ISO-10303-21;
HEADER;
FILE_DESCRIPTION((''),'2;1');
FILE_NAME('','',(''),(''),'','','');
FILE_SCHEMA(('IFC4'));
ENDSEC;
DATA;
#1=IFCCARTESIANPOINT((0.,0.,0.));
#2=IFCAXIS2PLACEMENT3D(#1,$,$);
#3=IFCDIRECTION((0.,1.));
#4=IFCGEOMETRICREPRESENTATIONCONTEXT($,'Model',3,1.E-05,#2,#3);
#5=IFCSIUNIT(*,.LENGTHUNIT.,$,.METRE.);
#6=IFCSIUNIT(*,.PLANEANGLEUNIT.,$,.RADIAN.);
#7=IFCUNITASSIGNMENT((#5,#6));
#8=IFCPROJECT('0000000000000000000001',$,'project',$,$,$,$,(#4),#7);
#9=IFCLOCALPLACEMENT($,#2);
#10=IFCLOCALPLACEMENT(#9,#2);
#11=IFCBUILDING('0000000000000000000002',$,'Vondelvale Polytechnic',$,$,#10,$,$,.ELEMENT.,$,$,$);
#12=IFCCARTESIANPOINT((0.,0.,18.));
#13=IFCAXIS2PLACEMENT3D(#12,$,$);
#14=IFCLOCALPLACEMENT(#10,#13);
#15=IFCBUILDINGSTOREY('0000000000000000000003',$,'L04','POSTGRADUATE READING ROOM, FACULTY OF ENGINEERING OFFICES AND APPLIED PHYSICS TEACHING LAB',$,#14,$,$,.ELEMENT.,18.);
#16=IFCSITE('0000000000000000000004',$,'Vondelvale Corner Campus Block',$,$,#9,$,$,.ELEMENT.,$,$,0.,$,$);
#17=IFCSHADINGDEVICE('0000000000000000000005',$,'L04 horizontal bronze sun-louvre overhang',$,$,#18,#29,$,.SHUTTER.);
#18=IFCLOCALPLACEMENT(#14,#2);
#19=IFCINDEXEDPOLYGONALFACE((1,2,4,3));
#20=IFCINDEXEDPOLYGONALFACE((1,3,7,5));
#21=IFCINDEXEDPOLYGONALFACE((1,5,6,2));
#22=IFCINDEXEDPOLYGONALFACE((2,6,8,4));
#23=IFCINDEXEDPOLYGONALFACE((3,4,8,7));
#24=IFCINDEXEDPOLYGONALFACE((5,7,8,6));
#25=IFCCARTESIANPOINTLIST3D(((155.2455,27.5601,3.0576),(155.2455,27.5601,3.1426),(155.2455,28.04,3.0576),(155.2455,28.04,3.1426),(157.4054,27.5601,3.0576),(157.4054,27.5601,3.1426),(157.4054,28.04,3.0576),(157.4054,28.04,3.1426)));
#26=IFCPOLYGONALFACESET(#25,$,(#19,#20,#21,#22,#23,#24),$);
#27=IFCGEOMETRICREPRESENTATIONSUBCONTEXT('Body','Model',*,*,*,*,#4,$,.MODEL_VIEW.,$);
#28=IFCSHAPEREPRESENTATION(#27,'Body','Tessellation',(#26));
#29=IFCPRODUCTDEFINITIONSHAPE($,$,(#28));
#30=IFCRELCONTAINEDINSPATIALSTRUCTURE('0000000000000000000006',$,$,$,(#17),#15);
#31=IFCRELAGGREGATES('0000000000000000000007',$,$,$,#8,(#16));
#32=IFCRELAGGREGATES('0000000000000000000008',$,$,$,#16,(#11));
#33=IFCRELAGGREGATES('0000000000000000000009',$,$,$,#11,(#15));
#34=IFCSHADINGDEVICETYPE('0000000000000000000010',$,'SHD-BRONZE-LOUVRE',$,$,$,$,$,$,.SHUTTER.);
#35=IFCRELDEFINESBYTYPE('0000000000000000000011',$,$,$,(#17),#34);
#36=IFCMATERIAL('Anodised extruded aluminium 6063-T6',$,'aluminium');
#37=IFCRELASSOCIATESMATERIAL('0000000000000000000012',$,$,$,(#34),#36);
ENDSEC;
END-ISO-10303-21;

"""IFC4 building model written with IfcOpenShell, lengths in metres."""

from ifc_helpers import new_model, si_unit, direction, frame, origin, origin_2d, place, context, subcontext, project, spatial, rectangle, extrude, material, type_object, element, save


model = new_model("IFC4")

# Units and contexts
model_context = context("Model", 3, precision=1e-05, world=origin(), true_north=direction((0.0, 1.0)))
body_context = subcontext(model_context, "Body", "Model", "MODEL_VIEW")
ifc_project = project(units=[si_unit("LENGTHUNIT", "METRE"), si_unit("PLANEANGLEUNIT", "RADIAN")], contexts=[model_context])

# Site, building, storey
site_placement = place(None, origin())
site = spatial("IfcSite", under=ifc_project, at=site_placement, Name="Vondelvale Corner Campus Block", CompositionType="ELEMENT", RefElevation=0.0)
building_placement = place(site_placement, origin())
building = spatial("IfcBuilding", under=site, at=building_placement, Name="Vondelvale Polytechnic", CompositionType="ELEMENT")
storey_placement = place(building_placement, frame((0.0, 0.0, 18.0)))
storey = spatial("IfcBuildingStorey", under=building, at=storey_placement, Name="L04", Description="POSTGRADUATE READING ROOM, FACULTY OF ENGINEERING OFFICES AND APPLIED PHYSICS TEACHING LAB", CompositionType="ELEMENT", Elevation=18.0)

# Shared definitions
ifc_material_1 = material(Name="Anodised extruded aluminium 6063-T6", Category="aluminium")

# Shading device
shading_device_type = type_object("IfcShadingDeviceType", Name="SHD-BRONZE-LOUVRE", PredefinedType="SHUTTER", material=ifc_material_1)
shading_device_placement = place(storey_placement, frame((156.3254, 27.8, 3.0576), z_axis=(0.0, 0.0, 1.0), x_axis=(1.0, 0.0, 0.0)))
element("IfcShadingDevice", 1, at=shading_device_placement, inside=storey, type_object=shading_device_type, Name="L04 horizontal bronze sun-louvre overhang", PredefinedType="SHUTTER", context=body_context, shape_type="SweptSolid", body=[
    extrude(rectangle(XDim=2.1599, YDim=0.48, at=origin_2d()), origin(), (0.0, 0.0, 1.0), 0.085),
])

save(model, "model.ifc")
